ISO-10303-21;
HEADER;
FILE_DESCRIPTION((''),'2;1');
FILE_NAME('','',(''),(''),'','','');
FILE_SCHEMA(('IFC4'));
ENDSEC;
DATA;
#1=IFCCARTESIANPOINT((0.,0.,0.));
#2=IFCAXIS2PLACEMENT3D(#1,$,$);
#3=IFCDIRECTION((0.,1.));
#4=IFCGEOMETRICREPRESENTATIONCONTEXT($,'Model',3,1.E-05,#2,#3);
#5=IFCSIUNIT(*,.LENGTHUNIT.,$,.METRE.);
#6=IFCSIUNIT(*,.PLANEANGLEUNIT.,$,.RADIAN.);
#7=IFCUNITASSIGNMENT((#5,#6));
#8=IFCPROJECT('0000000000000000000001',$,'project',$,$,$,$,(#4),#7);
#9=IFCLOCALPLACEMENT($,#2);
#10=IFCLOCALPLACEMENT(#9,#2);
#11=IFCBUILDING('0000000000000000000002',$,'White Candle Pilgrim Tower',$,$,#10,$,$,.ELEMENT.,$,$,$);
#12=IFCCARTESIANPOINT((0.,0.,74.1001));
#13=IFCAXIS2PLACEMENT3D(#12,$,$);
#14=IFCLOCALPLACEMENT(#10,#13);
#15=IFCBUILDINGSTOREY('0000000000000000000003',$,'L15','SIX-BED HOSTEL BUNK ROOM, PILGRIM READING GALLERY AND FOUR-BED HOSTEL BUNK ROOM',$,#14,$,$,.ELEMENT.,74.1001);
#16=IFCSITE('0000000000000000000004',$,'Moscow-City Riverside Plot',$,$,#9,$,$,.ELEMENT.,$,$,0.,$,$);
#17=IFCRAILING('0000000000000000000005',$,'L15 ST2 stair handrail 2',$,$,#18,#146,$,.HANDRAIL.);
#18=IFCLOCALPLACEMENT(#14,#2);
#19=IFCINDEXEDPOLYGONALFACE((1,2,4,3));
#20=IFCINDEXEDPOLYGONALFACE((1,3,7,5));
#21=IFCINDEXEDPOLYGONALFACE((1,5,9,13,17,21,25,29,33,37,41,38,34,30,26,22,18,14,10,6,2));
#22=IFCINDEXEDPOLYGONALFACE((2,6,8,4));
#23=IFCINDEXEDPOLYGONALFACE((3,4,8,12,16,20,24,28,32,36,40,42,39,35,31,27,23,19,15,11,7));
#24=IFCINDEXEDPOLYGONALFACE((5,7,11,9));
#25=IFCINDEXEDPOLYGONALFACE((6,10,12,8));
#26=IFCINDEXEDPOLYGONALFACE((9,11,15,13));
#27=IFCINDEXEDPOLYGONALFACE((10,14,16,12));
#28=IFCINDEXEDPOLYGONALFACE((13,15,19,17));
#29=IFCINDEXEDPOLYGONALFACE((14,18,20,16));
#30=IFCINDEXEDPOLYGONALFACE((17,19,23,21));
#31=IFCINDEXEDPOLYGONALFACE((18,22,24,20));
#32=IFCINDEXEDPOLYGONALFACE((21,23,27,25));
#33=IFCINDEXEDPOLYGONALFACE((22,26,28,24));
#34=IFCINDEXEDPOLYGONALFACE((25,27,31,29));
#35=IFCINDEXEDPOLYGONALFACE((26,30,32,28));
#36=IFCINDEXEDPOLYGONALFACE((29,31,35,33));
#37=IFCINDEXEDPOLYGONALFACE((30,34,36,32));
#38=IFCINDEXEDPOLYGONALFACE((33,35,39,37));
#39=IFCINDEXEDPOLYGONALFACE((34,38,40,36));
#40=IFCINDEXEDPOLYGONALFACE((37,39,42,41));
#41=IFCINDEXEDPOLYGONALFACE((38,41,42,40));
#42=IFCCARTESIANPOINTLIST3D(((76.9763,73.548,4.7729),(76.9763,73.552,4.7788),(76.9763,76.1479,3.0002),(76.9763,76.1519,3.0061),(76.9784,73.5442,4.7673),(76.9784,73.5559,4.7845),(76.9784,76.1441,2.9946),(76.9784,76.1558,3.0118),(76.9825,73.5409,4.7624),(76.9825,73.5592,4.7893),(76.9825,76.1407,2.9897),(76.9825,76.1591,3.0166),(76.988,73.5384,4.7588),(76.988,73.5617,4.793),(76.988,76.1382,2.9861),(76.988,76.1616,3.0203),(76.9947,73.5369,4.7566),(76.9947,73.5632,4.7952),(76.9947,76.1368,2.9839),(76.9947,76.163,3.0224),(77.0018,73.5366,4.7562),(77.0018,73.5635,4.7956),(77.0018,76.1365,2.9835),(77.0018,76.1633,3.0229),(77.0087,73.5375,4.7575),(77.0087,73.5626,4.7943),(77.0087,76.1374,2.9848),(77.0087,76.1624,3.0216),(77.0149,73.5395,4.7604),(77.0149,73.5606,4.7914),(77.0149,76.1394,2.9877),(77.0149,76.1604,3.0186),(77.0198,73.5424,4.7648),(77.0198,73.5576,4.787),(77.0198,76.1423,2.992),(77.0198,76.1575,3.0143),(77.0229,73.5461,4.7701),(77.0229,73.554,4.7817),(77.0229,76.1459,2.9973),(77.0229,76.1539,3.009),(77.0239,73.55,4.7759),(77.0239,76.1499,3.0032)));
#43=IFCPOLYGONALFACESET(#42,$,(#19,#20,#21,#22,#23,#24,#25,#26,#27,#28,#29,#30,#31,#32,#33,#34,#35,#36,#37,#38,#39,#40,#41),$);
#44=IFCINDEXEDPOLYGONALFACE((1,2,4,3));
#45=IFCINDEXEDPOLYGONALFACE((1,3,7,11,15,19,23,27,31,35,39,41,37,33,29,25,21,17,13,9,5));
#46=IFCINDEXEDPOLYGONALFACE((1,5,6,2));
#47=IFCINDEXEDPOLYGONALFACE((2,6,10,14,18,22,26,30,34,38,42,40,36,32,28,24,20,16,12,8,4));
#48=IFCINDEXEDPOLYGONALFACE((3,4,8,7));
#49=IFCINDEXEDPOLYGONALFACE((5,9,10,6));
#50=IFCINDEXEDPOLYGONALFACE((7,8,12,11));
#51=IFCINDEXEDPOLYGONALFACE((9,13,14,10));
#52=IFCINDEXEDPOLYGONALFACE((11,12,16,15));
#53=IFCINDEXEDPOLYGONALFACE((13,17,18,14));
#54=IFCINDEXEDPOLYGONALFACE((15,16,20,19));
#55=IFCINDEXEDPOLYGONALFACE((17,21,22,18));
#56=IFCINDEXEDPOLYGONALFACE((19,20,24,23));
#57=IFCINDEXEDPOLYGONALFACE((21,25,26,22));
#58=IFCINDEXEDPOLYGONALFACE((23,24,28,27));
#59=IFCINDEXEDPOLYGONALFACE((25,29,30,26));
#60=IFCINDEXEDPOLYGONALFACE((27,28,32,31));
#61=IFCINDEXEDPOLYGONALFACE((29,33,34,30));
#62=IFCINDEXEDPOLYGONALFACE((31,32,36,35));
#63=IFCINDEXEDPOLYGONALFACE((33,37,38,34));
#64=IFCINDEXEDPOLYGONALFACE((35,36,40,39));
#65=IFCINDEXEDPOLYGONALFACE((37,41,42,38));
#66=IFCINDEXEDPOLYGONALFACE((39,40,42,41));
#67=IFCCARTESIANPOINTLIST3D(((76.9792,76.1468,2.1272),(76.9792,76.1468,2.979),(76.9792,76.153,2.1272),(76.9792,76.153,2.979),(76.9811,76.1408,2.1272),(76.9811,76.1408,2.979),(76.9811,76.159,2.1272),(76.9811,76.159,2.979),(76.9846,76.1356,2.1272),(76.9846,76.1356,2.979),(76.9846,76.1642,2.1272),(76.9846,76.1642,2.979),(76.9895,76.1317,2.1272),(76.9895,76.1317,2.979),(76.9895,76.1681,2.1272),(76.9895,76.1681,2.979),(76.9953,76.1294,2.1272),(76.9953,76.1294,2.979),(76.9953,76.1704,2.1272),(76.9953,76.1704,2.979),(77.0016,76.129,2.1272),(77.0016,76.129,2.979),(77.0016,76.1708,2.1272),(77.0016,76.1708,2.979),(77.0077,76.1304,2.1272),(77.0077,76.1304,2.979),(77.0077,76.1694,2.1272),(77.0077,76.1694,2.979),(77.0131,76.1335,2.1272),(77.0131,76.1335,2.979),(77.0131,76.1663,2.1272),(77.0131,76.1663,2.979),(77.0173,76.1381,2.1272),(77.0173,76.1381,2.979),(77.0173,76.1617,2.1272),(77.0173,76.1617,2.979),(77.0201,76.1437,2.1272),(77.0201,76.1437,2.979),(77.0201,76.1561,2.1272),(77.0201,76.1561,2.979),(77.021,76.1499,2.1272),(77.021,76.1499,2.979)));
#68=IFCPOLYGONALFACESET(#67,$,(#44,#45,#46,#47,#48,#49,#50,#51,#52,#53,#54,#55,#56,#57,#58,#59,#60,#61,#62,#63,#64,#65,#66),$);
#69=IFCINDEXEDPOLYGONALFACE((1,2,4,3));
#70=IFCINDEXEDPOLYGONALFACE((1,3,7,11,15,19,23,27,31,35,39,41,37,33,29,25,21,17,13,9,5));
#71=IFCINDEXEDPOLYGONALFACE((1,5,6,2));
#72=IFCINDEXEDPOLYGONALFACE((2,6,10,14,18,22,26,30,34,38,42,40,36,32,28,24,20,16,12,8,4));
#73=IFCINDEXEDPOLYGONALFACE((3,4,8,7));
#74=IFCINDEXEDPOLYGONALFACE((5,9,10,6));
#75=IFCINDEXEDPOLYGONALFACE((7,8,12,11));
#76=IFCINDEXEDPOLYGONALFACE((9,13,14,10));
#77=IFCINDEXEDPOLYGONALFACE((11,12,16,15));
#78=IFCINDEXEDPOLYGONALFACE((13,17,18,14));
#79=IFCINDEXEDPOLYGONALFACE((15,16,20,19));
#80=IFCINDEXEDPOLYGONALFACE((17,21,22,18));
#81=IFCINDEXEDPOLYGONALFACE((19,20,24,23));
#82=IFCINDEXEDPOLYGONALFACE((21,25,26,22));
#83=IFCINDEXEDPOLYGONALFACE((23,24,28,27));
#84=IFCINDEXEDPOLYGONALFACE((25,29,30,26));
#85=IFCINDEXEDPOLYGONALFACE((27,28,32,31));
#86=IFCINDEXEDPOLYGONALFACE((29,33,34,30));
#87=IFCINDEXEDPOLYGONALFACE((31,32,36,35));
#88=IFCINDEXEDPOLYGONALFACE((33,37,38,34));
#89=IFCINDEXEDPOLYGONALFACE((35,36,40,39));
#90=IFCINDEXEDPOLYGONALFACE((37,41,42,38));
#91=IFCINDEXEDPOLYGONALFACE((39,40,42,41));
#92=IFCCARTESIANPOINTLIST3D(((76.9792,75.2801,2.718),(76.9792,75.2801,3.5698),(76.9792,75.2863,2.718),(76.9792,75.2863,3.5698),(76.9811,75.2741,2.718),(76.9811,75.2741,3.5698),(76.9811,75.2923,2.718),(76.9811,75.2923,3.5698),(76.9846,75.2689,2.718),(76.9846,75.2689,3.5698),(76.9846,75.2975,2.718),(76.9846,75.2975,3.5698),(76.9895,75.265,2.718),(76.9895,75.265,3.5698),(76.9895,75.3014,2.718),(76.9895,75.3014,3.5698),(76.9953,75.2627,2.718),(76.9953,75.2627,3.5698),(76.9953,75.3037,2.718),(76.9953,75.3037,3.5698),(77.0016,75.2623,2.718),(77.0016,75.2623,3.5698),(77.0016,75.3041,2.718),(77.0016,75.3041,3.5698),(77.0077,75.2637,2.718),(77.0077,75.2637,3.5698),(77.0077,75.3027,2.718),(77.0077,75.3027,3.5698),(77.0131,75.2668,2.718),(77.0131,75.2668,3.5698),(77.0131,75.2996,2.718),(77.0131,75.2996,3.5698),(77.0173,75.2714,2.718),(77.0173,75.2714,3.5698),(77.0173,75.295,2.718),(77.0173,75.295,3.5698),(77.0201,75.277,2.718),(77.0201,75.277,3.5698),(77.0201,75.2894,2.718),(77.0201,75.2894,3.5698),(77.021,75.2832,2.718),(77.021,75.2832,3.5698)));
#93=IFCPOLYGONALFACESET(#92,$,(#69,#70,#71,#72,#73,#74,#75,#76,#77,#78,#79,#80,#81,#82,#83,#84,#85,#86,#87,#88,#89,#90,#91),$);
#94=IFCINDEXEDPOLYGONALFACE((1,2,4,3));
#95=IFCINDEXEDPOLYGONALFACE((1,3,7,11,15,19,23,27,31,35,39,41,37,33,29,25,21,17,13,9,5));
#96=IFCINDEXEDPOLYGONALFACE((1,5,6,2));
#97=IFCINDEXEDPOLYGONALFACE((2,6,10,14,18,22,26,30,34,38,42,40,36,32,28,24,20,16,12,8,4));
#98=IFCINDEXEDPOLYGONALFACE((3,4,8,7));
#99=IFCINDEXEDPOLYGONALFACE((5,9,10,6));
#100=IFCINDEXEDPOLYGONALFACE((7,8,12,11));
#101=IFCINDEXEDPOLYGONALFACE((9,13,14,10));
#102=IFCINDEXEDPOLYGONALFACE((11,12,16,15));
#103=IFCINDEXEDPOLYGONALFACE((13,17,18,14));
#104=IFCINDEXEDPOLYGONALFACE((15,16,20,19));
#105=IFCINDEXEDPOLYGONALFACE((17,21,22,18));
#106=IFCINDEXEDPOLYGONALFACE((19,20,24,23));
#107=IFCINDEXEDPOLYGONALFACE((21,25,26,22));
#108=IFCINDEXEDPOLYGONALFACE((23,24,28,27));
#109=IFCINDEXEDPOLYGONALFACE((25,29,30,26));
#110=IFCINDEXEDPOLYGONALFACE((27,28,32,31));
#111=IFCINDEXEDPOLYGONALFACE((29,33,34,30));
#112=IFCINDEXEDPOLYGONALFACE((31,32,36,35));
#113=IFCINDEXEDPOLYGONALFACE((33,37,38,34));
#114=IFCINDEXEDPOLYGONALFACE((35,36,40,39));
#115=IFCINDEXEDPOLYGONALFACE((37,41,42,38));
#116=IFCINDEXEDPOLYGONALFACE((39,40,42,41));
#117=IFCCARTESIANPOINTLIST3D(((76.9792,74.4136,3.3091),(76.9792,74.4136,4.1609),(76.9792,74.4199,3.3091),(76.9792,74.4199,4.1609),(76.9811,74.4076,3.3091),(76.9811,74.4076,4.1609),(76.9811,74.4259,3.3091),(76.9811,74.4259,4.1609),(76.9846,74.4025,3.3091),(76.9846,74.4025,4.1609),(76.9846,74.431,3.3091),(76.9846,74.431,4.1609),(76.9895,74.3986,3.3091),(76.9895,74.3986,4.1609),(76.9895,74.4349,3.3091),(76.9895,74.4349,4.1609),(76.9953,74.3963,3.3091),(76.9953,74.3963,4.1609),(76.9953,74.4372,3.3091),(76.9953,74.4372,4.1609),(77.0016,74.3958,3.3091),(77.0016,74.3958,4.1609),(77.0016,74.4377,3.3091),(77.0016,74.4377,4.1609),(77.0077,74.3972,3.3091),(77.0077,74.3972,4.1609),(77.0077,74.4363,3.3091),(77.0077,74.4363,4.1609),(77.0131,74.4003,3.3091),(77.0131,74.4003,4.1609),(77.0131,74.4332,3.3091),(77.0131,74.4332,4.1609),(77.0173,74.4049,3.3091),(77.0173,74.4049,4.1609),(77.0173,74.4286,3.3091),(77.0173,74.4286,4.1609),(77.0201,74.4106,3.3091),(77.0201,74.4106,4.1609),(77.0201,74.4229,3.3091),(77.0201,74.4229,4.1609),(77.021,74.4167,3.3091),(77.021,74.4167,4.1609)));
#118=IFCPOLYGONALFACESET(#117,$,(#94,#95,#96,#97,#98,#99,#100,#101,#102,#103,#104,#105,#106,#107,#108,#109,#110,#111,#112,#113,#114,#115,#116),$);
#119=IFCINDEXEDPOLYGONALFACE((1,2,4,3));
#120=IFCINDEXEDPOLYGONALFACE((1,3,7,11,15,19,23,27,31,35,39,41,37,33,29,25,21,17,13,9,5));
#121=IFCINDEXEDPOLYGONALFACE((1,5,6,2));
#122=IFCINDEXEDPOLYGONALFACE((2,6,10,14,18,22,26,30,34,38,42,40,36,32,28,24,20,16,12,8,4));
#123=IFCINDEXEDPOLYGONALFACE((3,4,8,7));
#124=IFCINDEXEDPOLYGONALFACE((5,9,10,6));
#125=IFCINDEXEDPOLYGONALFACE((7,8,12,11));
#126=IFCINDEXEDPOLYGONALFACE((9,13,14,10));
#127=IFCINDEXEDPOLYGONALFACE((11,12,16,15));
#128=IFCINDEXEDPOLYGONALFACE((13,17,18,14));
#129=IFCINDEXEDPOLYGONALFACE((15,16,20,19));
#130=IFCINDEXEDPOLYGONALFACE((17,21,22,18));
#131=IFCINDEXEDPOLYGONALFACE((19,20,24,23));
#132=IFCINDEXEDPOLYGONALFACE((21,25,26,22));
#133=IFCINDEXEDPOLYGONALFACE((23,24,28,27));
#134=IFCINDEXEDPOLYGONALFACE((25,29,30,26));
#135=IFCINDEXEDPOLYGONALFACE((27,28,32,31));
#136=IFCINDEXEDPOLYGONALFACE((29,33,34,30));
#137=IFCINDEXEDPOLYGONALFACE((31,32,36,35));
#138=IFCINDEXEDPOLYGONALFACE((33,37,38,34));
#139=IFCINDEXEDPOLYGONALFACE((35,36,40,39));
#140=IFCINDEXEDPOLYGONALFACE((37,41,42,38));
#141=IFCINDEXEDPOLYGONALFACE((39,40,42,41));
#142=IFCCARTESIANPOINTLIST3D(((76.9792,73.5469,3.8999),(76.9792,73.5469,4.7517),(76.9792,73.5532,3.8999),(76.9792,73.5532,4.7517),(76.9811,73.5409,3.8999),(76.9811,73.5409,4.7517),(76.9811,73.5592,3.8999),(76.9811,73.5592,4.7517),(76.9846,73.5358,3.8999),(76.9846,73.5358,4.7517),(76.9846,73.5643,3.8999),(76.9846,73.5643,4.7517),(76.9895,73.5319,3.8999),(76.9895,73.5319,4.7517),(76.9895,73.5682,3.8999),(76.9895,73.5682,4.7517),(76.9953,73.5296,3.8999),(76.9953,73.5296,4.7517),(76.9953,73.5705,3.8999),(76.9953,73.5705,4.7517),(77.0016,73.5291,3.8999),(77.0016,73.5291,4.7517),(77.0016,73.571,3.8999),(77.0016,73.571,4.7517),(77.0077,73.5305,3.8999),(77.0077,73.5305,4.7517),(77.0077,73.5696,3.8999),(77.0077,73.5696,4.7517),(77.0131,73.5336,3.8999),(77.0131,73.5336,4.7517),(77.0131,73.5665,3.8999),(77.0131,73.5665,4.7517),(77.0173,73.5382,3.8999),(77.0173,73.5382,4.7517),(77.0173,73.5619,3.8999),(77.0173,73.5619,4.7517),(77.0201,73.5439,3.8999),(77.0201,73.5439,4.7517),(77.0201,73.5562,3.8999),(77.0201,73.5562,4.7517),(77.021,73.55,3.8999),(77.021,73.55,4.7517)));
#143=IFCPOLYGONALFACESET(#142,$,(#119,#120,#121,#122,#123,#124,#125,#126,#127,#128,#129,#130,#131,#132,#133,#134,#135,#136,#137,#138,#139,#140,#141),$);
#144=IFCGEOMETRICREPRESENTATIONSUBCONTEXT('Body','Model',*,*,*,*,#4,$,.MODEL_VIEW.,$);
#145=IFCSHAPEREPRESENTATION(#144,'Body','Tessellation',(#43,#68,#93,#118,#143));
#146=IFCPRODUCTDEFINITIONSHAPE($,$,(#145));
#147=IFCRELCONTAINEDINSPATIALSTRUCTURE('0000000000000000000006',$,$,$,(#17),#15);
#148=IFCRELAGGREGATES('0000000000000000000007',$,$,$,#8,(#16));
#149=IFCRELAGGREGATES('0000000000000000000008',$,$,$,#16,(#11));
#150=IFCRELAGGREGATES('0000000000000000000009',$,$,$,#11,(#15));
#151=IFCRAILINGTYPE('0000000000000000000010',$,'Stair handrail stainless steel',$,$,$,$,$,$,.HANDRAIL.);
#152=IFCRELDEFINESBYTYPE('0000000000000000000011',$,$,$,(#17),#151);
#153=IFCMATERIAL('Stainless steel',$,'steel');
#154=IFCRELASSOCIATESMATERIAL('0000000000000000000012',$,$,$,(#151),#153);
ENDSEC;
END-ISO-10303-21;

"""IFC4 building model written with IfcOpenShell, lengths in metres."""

from ifc_helpers import new_model, si_unit, direction, frame, origin, origin_2d, place, context, subcontext, project, spatial, circle, extrude, material, type_object, element, save


model = new_model("IFC4")

# Units and contexts
model_context = context("Model", 3, precision=1e-05, world=origin(), true_north=direction((0.0, 1.0)))
body_context = subcontext(model_context, "Body", "Model", "MODEL_VIEW")
ifc_project = project(units=[si_unit("LENGTHUNIT", "METRE"), si_unit("PLANEANGLEUNIT", "RADIAN")], contexts=[model_context])

# Site, building, storey
site_placement = place(None, origin())
site = spatial("IfcSite", under=ifc_project, at=site_placement, Name="Moscow-City Riverside Plot", CompositionType="ELEMENT", RefElevation=0.0)
building_placement = place(site_placement, origin())
building = spatial("IfcBuilding", under=site, at=building_placement, Name="White Candle Pilgrim Tower", CompositionType="ELEMENT")
storey_placement = place(building_placement, frame((0.0, 0.0, 74.1001)))
storey = spatial("IfcBuildingStorey", under=building, at=storey_placement, Name="L15", Description="SIX-BED HOSTEL BUNK ROOM, PILGRIM READING GALLERY AND FOUR-BED HOSTEL BUNK ROOM", CompositionType="ELEMENT", Elevation=74.1001)

# Railing
ifc_material_1 = material(Name="Stainless steel", Category="steel")
railing_type_1 = type_object("IfcRailingType", Name="Stair handrail stainless steel", PredefinedType="HANDRAIL", material=ifc_material_1)
railing_1_placement = place(storey_placement, frame((77.0, 76.1499, 2.1272)))
element("IfcRailing", 1, at=railing_1_placement, inside=storey, type_object=railing_type_1, Name="L15 ST2 stair handrail 2", PredefinedType="HANDRAIL", context=body_context, shape_type="SweptSolid", body=[
    extrude(circle(Radius=0.0239, at=origin_2d()), frame((0.0, 0.0, 0.876), z_axis=(0.0, -0.826216, 0.563354), x_axis=(1.0, 0.0, 0.0)), (0.0, 0.0, 1.0), 3.1467),
    extrude(circle(Radius=0.021, at=origin_2d()), origin(), (0.0, 0.0, 1.0), 0.8518),
    extrude(circle(Radius=0.021, at=origin_2d()), frame((0.0, -0.8667, 0.5908)), (0.0, 0.0, 1.0), 0.8518),
    extrude(circle(Radius=0.021, at=origin_2d()), frame((0.0, -1.7332, 1.1819)), (0.0, 0.0, 1.0), 0.8518),
    extrude(circle(Radius=0.021, at=origin_2d()), frame((0.0, -2.5999, 1.7727)), (0.0, 0.0, 1.0), 0.8518),
])

save(model, "model.ifc")
